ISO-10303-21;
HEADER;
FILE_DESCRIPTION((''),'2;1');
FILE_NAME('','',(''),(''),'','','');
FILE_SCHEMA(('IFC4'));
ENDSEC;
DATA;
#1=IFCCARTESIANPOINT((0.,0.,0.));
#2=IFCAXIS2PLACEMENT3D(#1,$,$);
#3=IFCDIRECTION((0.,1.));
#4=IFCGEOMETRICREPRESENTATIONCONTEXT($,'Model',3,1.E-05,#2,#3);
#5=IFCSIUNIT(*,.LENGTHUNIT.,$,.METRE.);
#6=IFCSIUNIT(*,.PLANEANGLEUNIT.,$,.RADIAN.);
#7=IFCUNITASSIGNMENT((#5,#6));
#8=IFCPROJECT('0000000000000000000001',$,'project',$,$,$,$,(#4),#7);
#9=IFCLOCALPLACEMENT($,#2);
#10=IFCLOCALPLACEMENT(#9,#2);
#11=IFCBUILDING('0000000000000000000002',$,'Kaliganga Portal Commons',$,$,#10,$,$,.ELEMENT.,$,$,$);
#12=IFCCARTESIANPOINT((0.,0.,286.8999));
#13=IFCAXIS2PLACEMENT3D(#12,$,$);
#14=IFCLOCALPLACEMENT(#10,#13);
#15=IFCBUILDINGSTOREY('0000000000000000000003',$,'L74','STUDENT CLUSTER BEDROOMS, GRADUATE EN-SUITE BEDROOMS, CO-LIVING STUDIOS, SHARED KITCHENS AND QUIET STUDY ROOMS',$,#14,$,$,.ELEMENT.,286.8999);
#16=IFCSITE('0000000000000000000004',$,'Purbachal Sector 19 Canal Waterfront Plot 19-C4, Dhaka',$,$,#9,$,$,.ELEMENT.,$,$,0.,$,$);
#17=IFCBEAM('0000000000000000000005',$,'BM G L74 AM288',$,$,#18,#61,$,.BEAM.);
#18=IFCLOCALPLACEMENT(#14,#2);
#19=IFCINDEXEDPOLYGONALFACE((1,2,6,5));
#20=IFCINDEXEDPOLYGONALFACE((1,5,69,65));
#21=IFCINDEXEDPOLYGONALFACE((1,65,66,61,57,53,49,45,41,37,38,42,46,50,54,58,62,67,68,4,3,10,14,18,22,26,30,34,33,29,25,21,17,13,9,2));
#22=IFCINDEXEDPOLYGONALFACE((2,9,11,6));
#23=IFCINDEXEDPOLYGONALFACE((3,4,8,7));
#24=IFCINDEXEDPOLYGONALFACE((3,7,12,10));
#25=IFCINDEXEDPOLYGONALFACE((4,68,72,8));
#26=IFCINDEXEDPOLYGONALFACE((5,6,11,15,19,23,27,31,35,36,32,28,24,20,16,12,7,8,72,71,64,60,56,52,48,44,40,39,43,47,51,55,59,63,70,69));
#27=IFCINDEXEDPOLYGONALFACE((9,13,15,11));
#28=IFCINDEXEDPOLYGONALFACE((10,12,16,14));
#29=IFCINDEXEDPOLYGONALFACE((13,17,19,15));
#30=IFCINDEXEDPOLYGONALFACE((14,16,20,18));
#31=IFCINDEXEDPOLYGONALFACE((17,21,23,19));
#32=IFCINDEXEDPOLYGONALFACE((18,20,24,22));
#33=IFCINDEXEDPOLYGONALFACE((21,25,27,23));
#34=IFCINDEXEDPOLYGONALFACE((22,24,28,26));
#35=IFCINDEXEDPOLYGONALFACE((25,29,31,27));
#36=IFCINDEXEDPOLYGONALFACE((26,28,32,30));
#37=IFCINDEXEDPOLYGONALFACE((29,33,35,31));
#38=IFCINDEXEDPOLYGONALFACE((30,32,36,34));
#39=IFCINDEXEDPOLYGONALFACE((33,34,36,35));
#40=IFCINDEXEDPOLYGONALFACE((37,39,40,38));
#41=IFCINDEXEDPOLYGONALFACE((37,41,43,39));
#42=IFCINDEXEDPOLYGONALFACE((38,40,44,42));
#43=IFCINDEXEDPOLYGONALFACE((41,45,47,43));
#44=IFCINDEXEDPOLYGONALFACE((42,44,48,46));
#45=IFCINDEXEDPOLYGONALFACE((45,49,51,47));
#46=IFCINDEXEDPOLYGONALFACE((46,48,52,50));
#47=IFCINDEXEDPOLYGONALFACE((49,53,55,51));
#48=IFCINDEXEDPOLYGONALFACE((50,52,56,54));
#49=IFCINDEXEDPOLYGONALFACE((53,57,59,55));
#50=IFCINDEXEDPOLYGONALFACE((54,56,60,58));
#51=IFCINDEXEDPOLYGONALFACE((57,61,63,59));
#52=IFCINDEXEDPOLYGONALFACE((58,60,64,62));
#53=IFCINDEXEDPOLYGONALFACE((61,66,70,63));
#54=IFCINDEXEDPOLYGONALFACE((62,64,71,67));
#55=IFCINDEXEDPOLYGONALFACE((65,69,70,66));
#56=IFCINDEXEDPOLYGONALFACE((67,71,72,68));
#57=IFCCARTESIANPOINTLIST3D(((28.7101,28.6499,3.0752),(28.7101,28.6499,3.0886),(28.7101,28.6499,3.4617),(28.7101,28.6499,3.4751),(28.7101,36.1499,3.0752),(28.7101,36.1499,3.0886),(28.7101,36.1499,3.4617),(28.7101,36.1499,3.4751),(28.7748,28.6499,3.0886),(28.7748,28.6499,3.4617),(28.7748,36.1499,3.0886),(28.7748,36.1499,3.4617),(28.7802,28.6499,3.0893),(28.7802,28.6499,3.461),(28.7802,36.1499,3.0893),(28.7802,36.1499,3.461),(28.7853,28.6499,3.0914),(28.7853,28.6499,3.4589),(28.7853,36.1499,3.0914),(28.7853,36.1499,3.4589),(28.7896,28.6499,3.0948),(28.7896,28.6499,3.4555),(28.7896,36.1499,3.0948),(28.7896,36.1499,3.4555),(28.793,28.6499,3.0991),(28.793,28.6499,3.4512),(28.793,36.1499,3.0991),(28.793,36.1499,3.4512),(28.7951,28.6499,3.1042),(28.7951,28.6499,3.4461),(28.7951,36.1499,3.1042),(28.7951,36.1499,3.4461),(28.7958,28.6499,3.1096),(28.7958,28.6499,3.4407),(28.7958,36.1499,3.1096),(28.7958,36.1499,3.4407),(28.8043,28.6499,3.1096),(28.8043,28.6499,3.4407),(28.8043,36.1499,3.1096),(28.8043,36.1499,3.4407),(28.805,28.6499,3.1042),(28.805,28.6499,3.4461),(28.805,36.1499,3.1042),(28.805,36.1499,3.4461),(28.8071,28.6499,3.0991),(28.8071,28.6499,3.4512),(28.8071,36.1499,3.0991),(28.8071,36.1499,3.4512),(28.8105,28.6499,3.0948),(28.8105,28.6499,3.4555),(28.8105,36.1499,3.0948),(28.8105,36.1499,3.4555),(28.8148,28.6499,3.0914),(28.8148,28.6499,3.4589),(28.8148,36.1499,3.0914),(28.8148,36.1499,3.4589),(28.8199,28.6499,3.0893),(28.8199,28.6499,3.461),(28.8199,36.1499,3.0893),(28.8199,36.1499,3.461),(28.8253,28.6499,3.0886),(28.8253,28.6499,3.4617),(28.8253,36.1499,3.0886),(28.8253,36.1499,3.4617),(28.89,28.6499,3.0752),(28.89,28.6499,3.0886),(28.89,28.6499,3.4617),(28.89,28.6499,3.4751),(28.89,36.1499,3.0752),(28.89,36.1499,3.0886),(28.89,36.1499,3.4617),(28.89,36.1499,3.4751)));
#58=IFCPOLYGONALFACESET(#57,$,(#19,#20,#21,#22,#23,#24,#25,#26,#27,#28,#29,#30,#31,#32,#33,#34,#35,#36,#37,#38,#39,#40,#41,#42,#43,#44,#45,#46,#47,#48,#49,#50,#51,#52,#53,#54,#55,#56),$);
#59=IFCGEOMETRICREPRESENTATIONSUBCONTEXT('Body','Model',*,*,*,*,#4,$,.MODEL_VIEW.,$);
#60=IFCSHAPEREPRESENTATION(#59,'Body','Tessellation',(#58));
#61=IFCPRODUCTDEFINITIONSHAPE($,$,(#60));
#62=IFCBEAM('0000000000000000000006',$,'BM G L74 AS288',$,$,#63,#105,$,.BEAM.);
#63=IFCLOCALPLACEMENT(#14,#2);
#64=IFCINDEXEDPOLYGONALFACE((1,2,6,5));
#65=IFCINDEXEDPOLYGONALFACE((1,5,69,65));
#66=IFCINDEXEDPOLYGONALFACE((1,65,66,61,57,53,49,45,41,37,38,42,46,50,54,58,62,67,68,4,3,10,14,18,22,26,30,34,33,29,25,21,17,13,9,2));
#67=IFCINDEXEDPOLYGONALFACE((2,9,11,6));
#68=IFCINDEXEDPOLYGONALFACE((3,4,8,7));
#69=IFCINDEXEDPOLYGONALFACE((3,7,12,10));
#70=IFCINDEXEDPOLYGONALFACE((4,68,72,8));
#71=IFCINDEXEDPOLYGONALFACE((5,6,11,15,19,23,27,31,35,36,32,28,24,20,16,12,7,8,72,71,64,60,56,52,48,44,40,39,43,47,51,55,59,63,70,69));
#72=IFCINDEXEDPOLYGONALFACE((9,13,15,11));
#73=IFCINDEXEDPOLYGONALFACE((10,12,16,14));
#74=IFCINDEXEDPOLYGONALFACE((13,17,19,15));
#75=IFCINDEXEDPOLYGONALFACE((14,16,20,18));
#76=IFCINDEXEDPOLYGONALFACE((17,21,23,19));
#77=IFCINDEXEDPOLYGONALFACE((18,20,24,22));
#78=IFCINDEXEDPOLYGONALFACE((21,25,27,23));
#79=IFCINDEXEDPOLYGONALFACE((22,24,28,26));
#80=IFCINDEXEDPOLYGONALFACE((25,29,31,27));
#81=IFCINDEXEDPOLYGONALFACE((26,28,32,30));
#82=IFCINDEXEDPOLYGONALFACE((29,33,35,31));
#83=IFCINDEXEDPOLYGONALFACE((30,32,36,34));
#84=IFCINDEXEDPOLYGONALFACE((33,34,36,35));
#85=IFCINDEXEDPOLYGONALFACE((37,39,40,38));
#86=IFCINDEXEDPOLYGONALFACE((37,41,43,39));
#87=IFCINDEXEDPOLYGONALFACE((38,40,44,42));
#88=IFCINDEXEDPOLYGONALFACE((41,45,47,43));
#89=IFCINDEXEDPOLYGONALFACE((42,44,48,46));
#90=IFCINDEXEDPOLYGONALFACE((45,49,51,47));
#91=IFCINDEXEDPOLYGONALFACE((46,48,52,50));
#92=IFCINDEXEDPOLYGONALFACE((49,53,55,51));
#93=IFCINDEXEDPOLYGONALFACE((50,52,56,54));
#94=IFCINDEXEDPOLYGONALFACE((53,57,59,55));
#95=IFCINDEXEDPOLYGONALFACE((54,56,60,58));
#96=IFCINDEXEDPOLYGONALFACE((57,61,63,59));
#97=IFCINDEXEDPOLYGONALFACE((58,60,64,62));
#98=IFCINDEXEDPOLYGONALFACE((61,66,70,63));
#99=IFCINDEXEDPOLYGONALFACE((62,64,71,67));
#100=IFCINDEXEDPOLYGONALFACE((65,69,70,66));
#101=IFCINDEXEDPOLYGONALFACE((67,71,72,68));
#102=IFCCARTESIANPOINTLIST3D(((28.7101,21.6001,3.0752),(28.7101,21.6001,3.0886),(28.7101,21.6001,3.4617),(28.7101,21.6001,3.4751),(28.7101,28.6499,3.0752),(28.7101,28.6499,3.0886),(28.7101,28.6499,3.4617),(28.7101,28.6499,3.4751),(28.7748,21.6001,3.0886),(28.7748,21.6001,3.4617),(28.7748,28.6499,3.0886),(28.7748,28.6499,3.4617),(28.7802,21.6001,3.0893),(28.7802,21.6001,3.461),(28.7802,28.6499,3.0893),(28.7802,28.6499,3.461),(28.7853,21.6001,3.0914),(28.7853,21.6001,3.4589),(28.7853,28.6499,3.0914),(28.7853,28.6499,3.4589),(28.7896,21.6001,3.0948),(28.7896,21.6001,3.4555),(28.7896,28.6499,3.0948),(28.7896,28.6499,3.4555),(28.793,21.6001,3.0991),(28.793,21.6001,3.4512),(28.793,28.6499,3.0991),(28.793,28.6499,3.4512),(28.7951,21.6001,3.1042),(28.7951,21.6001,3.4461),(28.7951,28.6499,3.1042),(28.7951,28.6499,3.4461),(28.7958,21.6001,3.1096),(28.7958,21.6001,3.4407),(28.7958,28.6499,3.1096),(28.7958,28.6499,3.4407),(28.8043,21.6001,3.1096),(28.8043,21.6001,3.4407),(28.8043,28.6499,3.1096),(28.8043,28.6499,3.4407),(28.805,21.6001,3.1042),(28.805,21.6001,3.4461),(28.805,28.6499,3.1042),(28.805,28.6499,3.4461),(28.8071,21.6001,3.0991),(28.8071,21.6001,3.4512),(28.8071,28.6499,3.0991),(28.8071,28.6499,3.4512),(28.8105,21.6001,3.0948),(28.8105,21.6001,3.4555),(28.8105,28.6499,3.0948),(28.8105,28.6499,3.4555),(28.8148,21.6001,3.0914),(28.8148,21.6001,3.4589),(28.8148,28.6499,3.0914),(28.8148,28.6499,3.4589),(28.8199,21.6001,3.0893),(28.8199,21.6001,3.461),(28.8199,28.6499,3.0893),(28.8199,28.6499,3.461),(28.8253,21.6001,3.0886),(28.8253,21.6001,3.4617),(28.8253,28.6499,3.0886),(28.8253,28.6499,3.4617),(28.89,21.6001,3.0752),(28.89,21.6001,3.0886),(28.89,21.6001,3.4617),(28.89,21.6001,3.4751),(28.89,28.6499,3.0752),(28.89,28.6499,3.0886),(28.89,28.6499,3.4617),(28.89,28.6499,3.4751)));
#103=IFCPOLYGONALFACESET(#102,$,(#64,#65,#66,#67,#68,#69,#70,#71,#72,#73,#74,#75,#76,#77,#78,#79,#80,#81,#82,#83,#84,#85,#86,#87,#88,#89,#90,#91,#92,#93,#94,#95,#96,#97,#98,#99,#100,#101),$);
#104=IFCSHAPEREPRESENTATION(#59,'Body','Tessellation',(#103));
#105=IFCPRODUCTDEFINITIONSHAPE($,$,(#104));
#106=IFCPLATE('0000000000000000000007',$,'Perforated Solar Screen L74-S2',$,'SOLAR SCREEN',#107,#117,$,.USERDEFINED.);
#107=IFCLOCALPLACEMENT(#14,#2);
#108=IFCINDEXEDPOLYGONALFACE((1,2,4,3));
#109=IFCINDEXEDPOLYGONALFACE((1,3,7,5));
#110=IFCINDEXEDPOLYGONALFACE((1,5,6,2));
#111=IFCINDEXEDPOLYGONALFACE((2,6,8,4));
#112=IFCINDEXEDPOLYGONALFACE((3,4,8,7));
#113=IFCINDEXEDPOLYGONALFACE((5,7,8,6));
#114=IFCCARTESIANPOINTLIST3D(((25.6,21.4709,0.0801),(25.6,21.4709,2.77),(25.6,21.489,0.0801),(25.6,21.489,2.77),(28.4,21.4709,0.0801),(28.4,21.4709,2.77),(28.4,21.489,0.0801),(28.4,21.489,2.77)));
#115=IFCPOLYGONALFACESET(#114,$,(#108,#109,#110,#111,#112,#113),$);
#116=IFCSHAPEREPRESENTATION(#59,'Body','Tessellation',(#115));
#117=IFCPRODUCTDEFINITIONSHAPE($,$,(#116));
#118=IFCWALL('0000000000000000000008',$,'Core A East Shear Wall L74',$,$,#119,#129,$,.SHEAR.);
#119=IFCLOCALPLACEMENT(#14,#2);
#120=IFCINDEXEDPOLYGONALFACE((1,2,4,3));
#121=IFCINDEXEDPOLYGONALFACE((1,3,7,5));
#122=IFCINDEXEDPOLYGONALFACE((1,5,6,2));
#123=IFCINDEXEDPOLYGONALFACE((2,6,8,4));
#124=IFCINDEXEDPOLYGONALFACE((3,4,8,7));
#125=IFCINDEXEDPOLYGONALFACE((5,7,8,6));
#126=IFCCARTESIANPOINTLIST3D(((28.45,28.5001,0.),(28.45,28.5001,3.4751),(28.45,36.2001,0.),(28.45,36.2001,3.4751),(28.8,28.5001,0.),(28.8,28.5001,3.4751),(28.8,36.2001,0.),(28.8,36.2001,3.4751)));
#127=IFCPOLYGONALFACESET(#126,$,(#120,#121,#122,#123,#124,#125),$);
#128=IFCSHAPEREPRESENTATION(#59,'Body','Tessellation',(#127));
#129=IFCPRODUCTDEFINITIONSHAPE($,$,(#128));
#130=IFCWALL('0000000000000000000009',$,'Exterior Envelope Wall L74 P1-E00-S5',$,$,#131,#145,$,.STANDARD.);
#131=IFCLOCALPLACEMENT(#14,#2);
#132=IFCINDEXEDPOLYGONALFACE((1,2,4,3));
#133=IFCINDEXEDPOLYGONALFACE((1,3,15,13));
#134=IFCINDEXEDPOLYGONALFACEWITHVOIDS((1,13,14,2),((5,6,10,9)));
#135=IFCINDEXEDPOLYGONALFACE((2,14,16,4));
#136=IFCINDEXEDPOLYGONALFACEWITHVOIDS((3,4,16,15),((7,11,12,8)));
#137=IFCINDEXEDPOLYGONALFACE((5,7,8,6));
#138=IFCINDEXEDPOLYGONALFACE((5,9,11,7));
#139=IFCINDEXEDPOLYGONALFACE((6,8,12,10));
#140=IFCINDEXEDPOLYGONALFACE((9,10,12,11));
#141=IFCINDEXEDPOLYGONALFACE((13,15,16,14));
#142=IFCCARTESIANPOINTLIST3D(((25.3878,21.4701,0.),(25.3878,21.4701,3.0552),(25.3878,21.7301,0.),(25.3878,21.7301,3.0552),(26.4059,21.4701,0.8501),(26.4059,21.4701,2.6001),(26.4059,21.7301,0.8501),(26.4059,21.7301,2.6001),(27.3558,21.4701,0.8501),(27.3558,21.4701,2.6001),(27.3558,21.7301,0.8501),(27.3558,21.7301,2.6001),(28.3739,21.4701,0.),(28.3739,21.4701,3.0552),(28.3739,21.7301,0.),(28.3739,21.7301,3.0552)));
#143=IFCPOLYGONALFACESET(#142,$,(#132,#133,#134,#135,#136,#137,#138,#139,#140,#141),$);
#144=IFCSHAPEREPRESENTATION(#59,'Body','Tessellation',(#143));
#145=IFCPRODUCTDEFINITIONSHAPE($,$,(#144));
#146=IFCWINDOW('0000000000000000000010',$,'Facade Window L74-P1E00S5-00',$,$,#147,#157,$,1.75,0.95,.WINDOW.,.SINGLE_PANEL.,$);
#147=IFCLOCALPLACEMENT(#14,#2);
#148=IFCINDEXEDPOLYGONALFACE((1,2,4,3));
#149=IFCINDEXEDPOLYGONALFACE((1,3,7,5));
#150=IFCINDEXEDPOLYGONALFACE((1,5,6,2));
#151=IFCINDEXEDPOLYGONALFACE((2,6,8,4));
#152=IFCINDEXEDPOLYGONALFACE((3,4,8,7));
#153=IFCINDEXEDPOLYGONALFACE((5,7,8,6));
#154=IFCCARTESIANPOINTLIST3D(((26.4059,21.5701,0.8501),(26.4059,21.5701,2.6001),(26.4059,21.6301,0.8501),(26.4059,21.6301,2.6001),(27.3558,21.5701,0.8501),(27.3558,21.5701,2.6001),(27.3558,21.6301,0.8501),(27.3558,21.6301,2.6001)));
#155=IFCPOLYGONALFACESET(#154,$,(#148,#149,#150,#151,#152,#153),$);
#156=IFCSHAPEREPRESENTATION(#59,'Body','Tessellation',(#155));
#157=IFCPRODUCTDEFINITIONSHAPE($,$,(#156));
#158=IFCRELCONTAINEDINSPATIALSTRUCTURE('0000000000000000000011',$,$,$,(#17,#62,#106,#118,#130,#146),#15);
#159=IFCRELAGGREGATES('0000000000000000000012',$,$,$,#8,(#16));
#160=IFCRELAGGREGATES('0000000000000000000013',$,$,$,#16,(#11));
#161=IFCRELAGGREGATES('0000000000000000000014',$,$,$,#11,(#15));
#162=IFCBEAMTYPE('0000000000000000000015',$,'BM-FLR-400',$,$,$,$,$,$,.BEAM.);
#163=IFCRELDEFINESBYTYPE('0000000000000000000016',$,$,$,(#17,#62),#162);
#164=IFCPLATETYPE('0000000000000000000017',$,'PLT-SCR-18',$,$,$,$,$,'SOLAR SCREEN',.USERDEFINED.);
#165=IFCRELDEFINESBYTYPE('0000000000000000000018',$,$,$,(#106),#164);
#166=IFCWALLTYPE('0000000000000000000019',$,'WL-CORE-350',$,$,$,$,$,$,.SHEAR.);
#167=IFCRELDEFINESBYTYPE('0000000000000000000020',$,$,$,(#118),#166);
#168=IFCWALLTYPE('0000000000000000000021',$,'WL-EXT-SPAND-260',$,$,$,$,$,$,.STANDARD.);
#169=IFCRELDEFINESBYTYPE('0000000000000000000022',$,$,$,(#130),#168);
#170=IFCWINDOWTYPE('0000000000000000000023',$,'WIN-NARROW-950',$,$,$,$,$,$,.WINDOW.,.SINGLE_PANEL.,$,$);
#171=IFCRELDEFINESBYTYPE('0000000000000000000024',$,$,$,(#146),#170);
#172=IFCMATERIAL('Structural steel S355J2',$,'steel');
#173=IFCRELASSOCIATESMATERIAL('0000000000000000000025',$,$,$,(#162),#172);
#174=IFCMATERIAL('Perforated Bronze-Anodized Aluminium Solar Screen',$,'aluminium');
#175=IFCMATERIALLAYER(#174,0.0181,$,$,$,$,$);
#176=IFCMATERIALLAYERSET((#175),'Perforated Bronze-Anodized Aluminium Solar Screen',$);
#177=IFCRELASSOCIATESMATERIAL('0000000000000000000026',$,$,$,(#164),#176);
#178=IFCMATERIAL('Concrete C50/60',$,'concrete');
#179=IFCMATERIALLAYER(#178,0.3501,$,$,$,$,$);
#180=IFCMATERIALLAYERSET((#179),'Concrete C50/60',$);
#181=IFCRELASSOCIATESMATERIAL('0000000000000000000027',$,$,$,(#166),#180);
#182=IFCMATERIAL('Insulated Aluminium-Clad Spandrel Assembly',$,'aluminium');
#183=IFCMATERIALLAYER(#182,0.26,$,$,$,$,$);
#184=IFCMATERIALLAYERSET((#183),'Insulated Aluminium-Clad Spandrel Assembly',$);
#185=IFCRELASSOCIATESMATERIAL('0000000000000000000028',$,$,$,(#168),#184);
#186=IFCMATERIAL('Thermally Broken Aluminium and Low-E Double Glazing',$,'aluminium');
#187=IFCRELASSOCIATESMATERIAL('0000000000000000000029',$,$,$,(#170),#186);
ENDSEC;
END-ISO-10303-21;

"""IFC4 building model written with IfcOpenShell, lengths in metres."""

from ifc_helpers import new_model, si_unit, direction, frame, frame_2d, origin, origin_2d, place, context, subcontext, project, spatial, rectangle, i_section, extrude, source, transform, mapped, material, layer, layer_set, material_profile, profile_set, type_object, element, fill, save


model = new_model("IFC4")

# Units and contexts
model_context = context("Model", 3, precision=1e-05, world=origin(), true_north=direction((0.0, 1.0)))
body_context = subcontext(model_context, "Body", "Model", "MODEL_VIEW")
ifc_project = project(units=[si_unit("LENGTHUNIT", "METRE"), si_unit("PLANEANGLEUNIT", "RADIAN")], contexts=[model_context])

# Site, building, storey
site_placement = place(None, origin())
site = spatial("IfcSite", under=ifc_project, at=site_placement, Name="Purbachal Sector 19 Canal Waterfront Plot 19-C4, Dhaka", CompositionType="ELEMENT", RefElevation=0.0)
building_placement = place(site_placement, origin())
building = spatial("IfcBuilding", under=site, at=building_placement, Name="Kaliganga Portal Commons", CompositionType="ELEMENT")
storey_placement = place(building_placement, frame((0.0, 0.0, 286.8999)))
storey = spatial("IfcBuildingStorey", under=building, at=storey_placement, Name="L74", Description="STUDENT CLUSTER BEDROOMS, GRADUATE EN-SUITE BEDROOMS, CO-LIVING STUDIOS, SHARED KITCHENS AND QUIET STUDY ROOMS", CompositionType="ELEMENT", Elevation=286.8999)

# Shared definitions
ifc_material_1 = material(Name="Concrete C50/60", Category="concrete")
ifc_material_2 = material(Name="Structural steel S355J2", Category="steel")

# Beams
ifc_material_profile_1 = material_profile(ifc_material_2, i_section(OverallWidth=0.1799, OverallDepth=0.3999, WebThickness=0.0085, FlangeThickness=0.0134, FilletRadius=0.021, at=origin_2d()), Name="IPE 400")
ifc_profile_set_1 = profile_set([ifc_material_profile_1], Name="Structural steel S355J2 wide-flange")
beam_type_1 = type_object("IfcBeamType", Name="BM-FLR-400", PredefinedType="BEAM", material=ifc_profile_set_1)
shared_shape_1 = source(origin(), body_context, "Body", "SweptSolid", [
    extrude(i_section(OverallWidth=0.1799, OverallDepth=0.3999, WebThickness=0.0085, FlangeThickness=0.0134, FilletRadius=0.021, at=origin_2d()), origin(), (0.0, 0.0, 1.0), 7.5),
])
beam_1_placement = place(storey_placement, frame((28.8, 28.6499, 3.2751), z_axis=(0.0, 1.0, 0.0), x_axis=(-1.0, 0.0, 0.0)))
element("IfcBeam", 1, at=beam_1_placement, inside=storey, type_object=beam_type_1, Name="BM G L74 AM288", PredefinedType="BEAM", context=body_context, shape_type="MappedRepresentation", body=[
    mapped(shared_shape_1, transform((0.0, 0.0, 0.0), x_axis=(1.0, 0.0, 0.0), y_axis=(0.0, 1.0, 0.0), z_axis=(0.0, 0.0, 1.0), scale=1.0)),
])
shared_shape_2 = source(origin(), body_context, "Body", "SweptSolid", [
    extrude(i_section(OverallWidth=0.1799, OverallDepth=0.3999, WebThickness=0.0085, FlangeThickness=0.0134, FilletRadius=0.021, at=origin_2d()), origin(), (0.0, 0.0, 1.0), 7.0498),
])
beam_2_placement = place(storey_placement, frame((28.8, 21.6001, 3.2751), z_axis=(0.0, 1.0, 0.0), x_axis=(-1.0, 0.0, 0.0)))
element("IfcBeam", 2, at=beam_2_placement, inside=storey, type_object=beam_type_1, Name="BM G L74 AS288", PredefinedType="BEAM", context=body_context, shape_type="MappedRepresentation", body=[
    mapped(shared_shape_2, transform((0.0, 0.0, 0.0), x_axis=(1.0, 0.0, 0.0), y_axis=(0.0, 1.0, 0.0), z_axis=(0.0, 0.0, 1.0), scale=1.0)),
])

# Plate
ifc_material_3 = material(Name="Perforated Bronze-Anodized Aluminium Solar Screen", Category="aluminium")
ifc_layer_1 = layer(ifc_material_3, 0.0181)
ifc_layer_set_1 = layer_set([ifc_layer_1], Name="Perforated Bronze-Anodized Aluminium Solar Screen")
plate_type = type_object("IfcPlateType", Name="PLT-SCR-18", ElementType="SOLAR SCREEN", PredefinedType="USERDEFINED", material=ifc_layer_set_1)
shared_shape_3 = source(origin(), body_context, "Body", "SweptSolid", [
    extrude(rectangle(XDim=2.8, YDim=0.0181, at=origin_2d()), origin(), (0.0, 0.0, 1.0), 2.6899),
])
plate_placement = place(storey_placement, frame((27.0, 21.48, 0.0801), z_axis=(0.0, 0.0, 1.0), x_axis=(1.0, 0.0, 0.0)))
element("IfcPlate", 3, at=plate_placement, inside=storey, type_object=plate_type, Name="Perforated Solar Screen L74-S2", ObjectType="SOLAR SCREEN", PredefinedType="USERDEFINED", context=body_context, shape_type="MappedRepresentation", body=[
    mapped(shared_shape_3, transform((0.0, 0.0, 0.0), x_axis=(1.0, 0.0, 0.0), y_axis=(0.0, 1.0, 0.0), z_axis=(0.0, 0.0, 1.0), scale=1.0)),
])

# Wall
ifc_layer_2 = layer(ifc_material_1, 0.3501)
ifc_layer_set_2 = layer_set([ifc_layer_2], Name="Concrete C50/60")
wall_type_1 = type_object("IfcWallType", Name="WL-CORE-350", PredefinedType="SHEAR", material=ifc_layer_set_2)
wall_1_placement = place(storey_placement, frame((28.625, 28.5, 0.0), z_axis=(0.0, 0.0, 1.0), x_axis=(0.0, 1.0, 0.0)))
element("IfcWall", 4, at=wall_1_placement, inside=storey, type_object=wall_type_1, Name="Core A East Shear Wall L74", PredefinedType="SHEAR", context=body_context, shape_type="SweptSolid", body=[
    extrude(rectangle(XDim=7.7, YDim=0.3501, at=frame_2d((3.8501, 0.0))), origin(), (0.0, 0.0, 1.0), 3.4751),
])

# Wall, opening, window
ifc_material_4 = material(Name="Insulated Aluminium-Clad Spandrel Assembly", Category="aluminium")
ifc_layer_3 = layer(ifc_material_4, 0.26)
ifc_layer_set_3 = layer_set([ifc_layer_3], Name="Insulated Aluminium-Clad Spandrel Assembly")
wall_type_2 = type_object("IfcWallType", Name="WL-EXT-SPAND-260", PredefinedType="STANDARD", material=ifc_layer_set_3)
wall_2_placement = place(storey_placement, frame((28.374, 21.6001, 0.0), z_axis=(0.0, 0.0, 1.0), x_axis=(-1.0, 0.0, 0.0)))
wall_2 = element("IfcWall", 5, at=wall_2_placement, inside=storey, type_object=wall_type_2, Name="Exterior Envelope Wall L74 P1-E00-S5", PredefinedType="STANDARD", context=body_context, shape_type="SweptSolid", body=[
    extrude(rectangle(XDim=2.9861, YDim=0.26, at=frame_2d((1.4932, 0.0))), origin(), (0.0, 0.0, 1.0), 3.0552),
])
opening_1_placement = place(wall_2_placement, frame((1.0181, 0.0, 0.8501)))
opening_1 = element("IfcOpeningElement", 6, at=opening_1_placement, cuts=wall_2, PredefinedType="OPENING", context=body_context, shape_type="SweptSolid", body=[
    extrude(rectangle(XDim=0.95, YDim=1.75, at=frame_2d((0.4751, 0.875))), frame((0.0, 0.1401, 0.0), z_axis=(0.0, -1.0, 0.0), x_axis=(1.0, 0.0, 0.0)), (0.0, 0.0, 1.0), 0.28),
])
ifc_material_5 = material(Name="Thermally Broken Aluminium and Low-E Double Glazing", Category="aluminium")
window_type = type_object("IfcWindowType", Name="WIN-NARROW-950", PartitioningType="SINGLE_PANEL", PredefinedType="WINDOW", material=ifc_material_5)
window_1_placement = place(opening_1_placement, origin())
window_1 = element("IfcWindow", 7, at=window_1_placement, inside=storey, type_object=window_type, Name="Facade Window L74-P1E00S5-00", OverallHeight=1.75, OverallWidth=0.95, PartitioningType="SINGLE_PANEL", PredefinedType="WINDOW", context=body_context, shape_type="SweptSolid", body=[
    extrude(rectangle(XDim=0.95, YDim=1.75, at=frame_2d((0.4751, 0.875))), frame((0.0, 0.03, 0.0), z_axis=(0.0, -1.0, 0.0), x_axis=(1.0, 0.0, 0.0)), (0.0, 0.0, 1.0), 0.0601),
])
fill(opening_1, window_1)

save(model, "model.ifc")
